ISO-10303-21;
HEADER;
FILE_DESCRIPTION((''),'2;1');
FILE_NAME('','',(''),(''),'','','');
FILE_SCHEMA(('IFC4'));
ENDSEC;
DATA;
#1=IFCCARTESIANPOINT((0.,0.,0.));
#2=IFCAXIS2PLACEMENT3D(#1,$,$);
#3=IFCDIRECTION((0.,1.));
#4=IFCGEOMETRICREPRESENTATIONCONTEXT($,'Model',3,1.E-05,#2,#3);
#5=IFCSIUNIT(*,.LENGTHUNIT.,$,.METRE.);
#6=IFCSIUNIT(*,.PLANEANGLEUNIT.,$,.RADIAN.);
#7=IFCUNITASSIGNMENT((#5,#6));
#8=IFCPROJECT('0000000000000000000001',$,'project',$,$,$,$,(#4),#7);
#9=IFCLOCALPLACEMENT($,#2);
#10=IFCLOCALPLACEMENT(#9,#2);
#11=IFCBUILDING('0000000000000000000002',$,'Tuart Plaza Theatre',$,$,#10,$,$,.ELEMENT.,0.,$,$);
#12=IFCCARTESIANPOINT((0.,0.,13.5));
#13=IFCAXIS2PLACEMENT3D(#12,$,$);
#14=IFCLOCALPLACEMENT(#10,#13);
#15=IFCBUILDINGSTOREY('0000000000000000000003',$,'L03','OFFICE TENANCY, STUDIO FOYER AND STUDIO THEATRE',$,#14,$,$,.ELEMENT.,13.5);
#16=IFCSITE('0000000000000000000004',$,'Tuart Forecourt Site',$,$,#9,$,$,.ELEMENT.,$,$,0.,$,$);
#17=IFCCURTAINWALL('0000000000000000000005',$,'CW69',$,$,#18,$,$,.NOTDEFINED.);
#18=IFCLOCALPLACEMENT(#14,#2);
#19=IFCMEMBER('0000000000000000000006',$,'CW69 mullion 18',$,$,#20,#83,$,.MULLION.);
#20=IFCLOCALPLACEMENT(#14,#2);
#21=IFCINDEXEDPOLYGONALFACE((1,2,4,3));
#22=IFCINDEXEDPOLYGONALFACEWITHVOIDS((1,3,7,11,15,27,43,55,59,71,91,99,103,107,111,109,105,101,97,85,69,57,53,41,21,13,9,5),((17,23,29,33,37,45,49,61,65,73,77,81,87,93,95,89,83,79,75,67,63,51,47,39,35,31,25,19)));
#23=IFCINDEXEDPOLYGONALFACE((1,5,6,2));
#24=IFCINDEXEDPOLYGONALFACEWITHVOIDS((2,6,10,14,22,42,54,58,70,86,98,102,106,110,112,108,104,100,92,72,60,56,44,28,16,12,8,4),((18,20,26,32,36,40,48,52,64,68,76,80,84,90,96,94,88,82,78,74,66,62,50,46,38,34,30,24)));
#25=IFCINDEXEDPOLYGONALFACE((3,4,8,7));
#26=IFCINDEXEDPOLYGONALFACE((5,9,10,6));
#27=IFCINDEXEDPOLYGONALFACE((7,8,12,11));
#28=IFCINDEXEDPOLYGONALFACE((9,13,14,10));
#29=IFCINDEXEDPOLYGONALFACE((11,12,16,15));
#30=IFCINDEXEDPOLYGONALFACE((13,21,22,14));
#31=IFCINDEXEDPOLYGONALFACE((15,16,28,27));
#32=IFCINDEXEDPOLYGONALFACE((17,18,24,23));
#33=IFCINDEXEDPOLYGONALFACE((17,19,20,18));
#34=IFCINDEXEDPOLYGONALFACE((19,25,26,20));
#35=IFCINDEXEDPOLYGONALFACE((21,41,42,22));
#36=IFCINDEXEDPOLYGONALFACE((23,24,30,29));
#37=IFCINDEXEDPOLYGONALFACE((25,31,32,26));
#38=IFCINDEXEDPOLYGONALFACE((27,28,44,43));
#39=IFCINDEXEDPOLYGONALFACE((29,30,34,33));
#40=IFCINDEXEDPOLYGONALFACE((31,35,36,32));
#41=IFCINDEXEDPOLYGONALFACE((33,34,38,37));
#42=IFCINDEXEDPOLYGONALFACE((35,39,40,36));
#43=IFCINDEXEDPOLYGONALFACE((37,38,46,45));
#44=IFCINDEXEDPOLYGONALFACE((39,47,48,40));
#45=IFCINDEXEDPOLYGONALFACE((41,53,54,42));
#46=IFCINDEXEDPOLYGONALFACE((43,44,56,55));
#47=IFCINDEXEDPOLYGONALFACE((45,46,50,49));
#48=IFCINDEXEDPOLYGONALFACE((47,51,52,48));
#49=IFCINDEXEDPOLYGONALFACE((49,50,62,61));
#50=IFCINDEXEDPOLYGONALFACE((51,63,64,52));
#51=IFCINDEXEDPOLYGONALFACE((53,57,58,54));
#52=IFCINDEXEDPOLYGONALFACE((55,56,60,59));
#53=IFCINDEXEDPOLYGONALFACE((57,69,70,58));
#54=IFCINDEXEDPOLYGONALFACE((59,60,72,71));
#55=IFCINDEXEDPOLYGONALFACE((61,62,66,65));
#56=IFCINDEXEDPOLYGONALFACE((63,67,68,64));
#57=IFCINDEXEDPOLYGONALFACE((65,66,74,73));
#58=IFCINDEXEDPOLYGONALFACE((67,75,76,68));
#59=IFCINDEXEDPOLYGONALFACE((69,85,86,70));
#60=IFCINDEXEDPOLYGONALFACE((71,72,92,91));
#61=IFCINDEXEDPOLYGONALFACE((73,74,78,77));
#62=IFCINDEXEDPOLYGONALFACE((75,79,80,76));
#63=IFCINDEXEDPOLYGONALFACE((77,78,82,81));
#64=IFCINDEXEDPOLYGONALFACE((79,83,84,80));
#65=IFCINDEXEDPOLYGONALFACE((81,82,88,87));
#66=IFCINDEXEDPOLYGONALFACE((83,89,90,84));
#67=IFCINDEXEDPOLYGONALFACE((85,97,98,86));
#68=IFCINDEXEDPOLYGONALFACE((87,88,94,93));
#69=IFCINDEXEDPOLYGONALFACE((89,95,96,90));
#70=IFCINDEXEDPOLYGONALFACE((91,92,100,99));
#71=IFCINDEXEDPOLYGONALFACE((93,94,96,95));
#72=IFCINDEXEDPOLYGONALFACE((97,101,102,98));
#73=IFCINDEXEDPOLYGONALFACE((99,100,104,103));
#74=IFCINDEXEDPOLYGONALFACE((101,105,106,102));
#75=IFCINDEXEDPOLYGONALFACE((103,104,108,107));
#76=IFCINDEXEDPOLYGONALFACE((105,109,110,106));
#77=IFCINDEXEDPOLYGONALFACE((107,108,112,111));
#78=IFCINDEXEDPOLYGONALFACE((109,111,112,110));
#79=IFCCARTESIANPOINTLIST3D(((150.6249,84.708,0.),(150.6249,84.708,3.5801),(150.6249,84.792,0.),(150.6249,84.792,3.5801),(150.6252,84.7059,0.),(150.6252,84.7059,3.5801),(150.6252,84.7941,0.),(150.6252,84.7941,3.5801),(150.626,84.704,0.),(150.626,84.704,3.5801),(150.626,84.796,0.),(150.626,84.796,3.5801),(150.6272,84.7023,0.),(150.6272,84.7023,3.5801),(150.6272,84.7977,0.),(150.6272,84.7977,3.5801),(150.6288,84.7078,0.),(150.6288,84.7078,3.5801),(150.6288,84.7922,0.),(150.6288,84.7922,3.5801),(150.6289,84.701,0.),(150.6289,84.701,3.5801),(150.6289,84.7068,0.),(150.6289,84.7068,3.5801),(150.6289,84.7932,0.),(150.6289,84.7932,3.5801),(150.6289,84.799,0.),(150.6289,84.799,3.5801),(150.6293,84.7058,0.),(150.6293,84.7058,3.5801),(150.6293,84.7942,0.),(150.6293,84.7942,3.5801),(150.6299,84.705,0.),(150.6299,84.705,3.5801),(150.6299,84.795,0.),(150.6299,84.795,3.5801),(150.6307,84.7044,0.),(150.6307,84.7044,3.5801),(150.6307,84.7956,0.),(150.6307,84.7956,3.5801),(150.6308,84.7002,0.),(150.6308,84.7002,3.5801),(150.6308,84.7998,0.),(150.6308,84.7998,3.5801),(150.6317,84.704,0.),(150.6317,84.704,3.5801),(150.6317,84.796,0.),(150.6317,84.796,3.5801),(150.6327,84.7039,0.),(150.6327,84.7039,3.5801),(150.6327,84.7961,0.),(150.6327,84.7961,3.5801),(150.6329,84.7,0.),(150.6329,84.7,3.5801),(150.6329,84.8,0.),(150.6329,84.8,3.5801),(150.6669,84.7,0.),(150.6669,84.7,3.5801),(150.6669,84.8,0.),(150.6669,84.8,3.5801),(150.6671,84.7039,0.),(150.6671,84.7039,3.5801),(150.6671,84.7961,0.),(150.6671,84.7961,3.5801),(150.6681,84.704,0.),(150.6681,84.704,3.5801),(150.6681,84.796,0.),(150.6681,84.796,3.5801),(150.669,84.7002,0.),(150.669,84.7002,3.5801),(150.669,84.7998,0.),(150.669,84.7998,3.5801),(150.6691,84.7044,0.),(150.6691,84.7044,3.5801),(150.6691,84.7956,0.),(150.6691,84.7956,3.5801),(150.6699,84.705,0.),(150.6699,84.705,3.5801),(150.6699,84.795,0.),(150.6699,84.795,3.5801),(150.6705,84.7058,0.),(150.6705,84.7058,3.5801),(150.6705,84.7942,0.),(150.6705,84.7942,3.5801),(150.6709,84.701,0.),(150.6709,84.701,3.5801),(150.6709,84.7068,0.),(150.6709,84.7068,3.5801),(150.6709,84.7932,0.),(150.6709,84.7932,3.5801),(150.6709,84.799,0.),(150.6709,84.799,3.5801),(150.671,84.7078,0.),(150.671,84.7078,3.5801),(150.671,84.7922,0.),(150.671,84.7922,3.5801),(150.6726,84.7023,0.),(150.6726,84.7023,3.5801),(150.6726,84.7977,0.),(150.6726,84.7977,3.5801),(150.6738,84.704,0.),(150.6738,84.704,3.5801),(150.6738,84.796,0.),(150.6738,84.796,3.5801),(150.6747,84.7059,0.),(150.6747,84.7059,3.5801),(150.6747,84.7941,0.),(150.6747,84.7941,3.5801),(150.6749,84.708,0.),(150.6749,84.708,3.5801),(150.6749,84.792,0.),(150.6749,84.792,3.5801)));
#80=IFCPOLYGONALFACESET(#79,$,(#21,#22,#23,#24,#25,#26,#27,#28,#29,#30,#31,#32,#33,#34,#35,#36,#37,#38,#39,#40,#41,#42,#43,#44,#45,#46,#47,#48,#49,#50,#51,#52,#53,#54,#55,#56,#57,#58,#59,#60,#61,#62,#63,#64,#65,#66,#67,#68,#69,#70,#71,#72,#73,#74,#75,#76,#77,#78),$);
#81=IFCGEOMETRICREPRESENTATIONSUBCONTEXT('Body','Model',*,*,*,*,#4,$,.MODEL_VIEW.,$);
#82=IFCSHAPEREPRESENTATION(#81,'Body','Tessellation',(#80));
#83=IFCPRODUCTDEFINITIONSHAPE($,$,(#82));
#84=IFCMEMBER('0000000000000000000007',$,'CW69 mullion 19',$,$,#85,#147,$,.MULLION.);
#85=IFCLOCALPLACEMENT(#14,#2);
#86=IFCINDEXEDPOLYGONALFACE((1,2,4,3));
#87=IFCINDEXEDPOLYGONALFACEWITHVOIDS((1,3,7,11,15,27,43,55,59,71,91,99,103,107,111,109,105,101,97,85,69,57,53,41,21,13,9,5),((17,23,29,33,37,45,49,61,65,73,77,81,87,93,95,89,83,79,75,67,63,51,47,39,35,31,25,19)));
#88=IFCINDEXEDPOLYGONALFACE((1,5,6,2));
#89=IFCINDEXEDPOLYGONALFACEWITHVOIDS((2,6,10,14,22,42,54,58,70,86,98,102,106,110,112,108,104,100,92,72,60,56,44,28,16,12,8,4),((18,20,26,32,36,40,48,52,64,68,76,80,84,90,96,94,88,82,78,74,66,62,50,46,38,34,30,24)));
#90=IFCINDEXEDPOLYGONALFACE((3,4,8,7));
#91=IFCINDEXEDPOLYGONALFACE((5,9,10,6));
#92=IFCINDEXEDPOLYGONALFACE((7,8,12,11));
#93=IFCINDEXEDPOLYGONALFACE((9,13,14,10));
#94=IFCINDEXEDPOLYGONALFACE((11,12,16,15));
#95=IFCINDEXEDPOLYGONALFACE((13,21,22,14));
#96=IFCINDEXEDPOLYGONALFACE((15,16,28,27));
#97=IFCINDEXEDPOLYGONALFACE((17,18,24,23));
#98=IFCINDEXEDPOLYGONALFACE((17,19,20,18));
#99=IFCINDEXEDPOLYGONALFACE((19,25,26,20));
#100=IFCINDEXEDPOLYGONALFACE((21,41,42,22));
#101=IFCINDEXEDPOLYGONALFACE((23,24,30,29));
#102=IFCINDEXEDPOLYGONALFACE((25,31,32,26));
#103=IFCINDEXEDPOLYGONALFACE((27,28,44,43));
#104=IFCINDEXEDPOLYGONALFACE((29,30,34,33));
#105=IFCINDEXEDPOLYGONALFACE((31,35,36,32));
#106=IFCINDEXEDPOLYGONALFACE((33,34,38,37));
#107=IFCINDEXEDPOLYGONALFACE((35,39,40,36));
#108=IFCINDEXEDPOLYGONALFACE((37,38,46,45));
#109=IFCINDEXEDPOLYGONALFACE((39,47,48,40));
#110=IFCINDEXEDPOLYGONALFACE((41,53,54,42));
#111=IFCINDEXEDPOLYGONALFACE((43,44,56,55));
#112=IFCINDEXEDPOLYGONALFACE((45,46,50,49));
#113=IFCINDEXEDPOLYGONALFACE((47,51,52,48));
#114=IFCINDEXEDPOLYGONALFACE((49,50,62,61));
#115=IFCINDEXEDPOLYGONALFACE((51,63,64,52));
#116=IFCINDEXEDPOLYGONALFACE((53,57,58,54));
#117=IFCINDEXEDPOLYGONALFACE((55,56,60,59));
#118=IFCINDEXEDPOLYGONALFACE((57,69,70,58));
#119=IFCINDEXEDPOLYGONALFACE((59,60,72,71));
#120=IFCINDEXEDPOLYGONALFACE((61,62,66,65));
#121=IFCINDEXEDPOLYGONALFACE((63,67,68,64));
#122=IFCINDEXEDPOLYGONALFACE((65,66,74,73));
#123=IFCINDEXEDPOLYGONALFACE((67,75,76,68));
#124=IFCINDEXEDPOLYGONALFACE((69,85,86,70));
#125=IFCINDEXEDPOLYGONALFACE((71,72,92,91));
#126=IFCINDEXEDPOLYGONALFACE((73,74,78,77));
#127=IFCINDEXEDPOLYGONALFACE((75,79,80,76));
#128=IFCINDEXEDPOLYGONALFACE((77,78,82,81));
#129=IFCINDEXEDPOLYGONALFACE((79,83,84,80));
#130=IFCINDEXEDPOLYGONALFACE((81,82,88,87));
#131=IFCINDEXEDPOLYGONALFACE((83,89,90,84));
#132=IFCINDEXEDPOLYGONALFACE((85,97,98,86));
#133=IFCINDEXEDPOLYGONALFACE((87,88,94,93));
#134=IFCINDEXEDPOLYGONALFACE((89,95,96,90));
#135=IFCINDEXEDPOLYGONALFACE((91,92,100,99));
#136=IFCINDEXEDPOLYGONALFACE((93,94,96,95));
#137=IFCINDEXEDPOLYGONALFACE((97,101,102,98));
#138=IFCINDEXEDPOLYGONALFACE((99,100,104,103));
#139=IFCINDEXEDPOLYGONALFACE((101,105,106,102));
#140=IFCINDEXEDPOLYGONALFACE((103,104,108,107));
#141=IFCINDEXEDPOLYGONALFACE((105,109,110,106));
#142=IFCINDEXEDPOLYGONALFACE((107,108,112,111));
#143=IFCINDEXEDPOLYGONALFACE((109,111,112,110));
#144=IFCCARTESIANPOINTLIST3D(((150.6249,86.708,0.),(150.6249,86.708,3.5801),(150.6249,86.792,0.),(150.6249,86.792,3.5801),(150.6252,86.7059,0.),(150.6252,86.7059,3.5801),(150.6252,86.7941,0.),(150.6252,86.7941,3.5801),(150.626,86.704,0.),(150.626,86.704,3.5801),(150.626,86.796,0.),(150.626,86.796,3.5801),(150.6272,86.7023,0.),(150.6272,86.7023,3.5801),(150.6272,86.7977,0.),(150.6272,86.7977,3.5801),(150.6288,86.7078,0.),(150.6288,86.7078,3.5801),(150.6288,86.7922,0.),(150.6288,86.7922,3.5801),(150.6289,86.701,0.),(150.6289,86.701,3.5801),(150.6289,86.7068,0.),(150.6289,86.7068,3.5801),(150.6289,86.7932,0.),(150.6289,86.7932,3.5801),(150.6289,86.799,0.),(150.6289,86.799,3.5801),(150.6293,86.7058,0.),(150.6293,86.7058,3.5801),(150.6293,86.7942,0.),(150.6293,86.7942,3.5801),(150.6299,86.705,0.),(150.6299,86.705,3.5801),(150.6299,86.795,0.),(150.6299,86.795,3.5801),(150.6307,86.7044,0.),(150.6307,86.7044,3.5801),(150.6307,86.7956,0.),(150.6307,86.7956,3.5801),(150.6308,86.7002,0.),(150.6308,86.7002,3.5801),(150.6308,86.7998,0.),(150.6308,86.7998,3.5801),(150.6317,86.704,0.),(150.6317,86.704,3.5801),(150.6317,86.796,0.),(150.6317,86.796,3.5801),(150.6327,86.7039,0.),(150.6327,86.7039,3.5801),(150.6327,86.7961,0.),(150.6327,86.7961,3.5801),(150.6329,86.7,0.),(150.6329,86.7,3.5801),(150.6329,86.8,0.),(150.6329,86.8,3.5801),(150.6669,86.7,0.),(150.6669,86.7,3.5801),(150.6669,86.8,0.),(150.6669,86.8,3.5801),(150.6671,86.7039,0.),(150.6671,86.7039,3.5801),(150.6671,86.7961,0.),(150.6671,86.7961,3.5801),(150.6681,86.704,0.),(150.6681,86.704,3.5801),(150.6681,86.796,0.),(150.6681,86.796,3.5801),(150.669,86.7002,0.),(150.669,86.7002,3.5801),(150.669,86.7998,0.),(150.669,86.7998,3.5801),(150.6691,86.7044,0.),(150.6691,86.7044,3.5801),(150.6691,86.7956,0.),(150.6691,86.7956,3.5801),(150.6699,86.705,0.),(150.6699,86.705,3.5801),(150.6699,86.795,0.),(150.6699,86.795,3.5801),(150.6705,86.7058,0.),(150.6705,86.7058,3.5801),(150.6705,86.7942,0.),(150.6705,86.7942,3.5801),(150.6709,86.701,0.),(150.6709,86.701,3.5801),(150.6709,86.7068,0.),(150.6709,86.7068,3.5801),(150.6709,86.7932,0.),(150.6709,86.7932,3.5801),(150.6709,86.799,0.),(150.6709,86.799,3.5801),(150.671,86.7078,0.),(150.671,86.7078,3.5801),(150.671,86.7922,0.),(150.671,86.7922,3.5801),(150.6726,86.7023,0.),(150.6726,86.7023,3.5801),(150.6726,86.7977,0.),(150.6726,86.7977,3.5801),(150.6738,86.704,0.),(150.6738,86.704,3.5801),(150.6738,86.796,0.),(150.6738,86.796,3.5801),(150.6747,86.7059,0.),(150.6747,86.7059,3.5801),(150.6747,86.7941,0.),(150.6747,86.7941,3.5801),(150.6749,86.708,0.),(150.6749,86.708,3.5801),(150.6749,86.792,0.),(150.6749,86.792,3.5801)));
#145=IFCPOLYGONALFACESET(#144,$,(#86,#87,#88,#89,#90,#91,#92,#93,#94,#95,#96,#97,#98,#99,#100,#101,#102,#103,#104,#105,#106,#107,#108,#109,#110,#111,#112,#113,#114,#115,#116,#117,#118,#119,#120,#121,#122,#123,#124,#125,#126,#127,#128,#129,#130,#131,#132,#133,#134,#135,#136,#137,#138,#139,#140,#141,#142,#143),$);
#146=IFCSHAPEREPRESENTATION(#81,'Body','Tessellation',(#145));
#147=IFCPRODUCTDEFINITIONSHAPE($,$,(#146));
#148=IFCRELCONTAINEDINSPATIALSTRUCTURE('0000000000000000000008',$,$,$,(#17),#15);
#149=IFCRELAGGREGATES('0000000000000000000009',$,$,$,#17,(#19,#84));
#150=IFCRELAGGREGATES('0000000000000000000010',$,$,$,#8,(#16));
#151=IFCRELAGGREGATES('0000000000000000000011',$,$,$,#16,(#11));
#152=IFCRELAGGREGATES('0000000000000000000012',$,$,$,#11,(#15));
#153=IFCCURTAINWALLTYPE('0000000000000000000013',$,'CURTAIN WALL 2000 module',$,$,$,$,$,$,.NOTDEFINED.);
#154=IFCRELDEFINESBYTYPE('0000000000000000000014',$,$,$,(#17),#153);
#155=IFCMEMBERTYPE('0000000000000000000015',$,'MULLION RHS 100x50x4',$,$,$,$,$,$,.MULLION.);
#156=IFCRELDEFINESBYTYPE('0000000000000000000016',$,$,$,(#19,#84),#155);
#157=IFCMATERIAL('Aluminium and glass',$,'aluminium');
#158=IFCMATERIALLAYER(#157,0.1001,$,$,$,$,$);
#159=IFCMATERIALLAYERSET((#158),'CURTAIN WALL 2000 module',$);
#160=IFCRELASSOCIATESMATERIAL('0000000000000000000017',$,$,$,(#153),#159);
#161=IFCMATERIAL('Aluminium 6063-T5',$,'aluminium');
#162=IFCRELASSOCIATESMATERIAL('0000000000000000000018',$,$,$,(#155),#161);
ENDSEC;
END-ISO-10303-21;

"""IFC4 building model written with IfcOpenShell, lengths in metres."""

from ifc_helpers import new_model, si_unit, direction, frame, origin, origin_2d, place, context, subcontext, project, spatial, hollow_rectangle, extrude, material, layer, layer_set, material_profile, profile_set, type_object, element, aggregate, save


model = new_model("IFC4")

# Units and contexts
model_context = context("Model", 3, precision=1e-05, world=origin(), true_north=direction((0.0, 1.0)))
body_context = subcontext(model_context, "Body", "Model", "MODEL_VIEW")
ifc_project = project(units=[si_unit("LENGTHUNIT", "METRE"), si_unit("PLANEANGLEUNIT", "RADIAN")], contexts=[model_context])

# Site, building, storey
site_placement = place(None, origin())
site = spatial("IfcSite", under=ifc_project, at=site_placement, Name="Tuart Forecourt Site", CompositionType="ELEMENT", RefElevation=0.0)
building_placement = place(site_placement, origin())
building = spatial("IfcBuilding", under=site, at=building_placement, Name="Tuart Plaza Theatre", CompositionType="ELEMENT", ElevationOfRefHeight=0.0)
storey_placement = place(building_placement, frame((0.0, 0.0, 13.5)))
storey = spatial("IfcBuildingStorey", under=building, at=storey_placement, Name="L03", Description="OFFICE TENANCY, STUDIO FOYER AND STUDIO THEATRE", CompositionType="ELEMENT", Elevation=13.5)

# Curtain wall, members
ifc_material_1 = material(Name="Aluminium and glass", Category="aluminium")
ifc_layer_1 = layer(ifc_material_1, 0.1001)
ifc_layer_set_1 = layer_set([ifc_layer_1], Name="CURTAIN WALL 2000 module")
curtain_wall_type = type_object("IfcCurtainWallType", Name="CURTAIN WALL 2000 module", PredefinedType="NOTDEFINED", material=ifc_layer_set_1)
curtain_wall_placement = place(storey_placement, origin())
curtain_wall = element("IfcCurtainWall", 1, at=curtain_wall_placement, inside=storey, type_object=curtain_wall_type, Name="CW69", PredefinedType="NOTDEFINED")
ifc_material_2 = material(Name="Aluminium 6063-T5", Category="aluminium")
ifc_material_profile_1 = material_profile(ifc_material_2, hollow_rectangle(XDim=0.05, YDim=0.1001, WallThickness=0.0039, InnerFilletRadius=0.0039, OuterFilletRadius=0.0081, at=origin_2d()), Name="RHS 100x50x4")
ifc_profile_set_1 = profile_set([ifc_material_profile_1], Name="Aluminium 6063-T5")
member_type_1 = type_object("IfcMemberType", Name="MULLION RHS 100x50x4", PredefinedType="MULLION", material=ifc_profile_set_1)
member_1_placement = place(storey_placement, frame((150.6499, 84.75, 0.0), z_axis=(0.0, 0.0, 1.0), x_axis=(-1.0, 0.0, 0.0)))
member_1 = element("IfcMember", 2, at=member_1_placement, type_object=member_type_1, Name="CW69 mullion 18", PredefinedType="MULLION", context=body_context, shape_type="SweptSolid", body=[
    extrude(hollow_rectangle(XDim=0.05, YDim=0.1001, WallThickness=0.0039, InnerFilletRadius=0.0039, OuterFilletRadius=0.0081, at=origin_2d()), origin(), (0.0, 0.0, 1.0), 3.5801),
])
member_2_placement = place(storey_placement, frame((150.6499, 86.75, 0.0), z_axis=(0.0, 0.0, 1.0), x_axis=(-1.0, 0.0, 0.0)))
member_2 = element("IfcMember", 3, at=member_2_placement, type_object=member_type_1, Name="CW69 mullion 19", PredefinedType="MULLION", context=body_context, shape_type="SweptSolid", body=[
    extrude(hollow_rectangle(XDim=0.05, YDim=0.1001, WallThickness=0.0039, InnerFilletRadius=0.0039, OuterFilletRadius=0.0081, at=origin_2d()), origin(), (0.0, 0.0, 1.0), 3.5801),
])
aggregate(curtain_wall, [member_1, member_2])

save(model, "model.ifc")
